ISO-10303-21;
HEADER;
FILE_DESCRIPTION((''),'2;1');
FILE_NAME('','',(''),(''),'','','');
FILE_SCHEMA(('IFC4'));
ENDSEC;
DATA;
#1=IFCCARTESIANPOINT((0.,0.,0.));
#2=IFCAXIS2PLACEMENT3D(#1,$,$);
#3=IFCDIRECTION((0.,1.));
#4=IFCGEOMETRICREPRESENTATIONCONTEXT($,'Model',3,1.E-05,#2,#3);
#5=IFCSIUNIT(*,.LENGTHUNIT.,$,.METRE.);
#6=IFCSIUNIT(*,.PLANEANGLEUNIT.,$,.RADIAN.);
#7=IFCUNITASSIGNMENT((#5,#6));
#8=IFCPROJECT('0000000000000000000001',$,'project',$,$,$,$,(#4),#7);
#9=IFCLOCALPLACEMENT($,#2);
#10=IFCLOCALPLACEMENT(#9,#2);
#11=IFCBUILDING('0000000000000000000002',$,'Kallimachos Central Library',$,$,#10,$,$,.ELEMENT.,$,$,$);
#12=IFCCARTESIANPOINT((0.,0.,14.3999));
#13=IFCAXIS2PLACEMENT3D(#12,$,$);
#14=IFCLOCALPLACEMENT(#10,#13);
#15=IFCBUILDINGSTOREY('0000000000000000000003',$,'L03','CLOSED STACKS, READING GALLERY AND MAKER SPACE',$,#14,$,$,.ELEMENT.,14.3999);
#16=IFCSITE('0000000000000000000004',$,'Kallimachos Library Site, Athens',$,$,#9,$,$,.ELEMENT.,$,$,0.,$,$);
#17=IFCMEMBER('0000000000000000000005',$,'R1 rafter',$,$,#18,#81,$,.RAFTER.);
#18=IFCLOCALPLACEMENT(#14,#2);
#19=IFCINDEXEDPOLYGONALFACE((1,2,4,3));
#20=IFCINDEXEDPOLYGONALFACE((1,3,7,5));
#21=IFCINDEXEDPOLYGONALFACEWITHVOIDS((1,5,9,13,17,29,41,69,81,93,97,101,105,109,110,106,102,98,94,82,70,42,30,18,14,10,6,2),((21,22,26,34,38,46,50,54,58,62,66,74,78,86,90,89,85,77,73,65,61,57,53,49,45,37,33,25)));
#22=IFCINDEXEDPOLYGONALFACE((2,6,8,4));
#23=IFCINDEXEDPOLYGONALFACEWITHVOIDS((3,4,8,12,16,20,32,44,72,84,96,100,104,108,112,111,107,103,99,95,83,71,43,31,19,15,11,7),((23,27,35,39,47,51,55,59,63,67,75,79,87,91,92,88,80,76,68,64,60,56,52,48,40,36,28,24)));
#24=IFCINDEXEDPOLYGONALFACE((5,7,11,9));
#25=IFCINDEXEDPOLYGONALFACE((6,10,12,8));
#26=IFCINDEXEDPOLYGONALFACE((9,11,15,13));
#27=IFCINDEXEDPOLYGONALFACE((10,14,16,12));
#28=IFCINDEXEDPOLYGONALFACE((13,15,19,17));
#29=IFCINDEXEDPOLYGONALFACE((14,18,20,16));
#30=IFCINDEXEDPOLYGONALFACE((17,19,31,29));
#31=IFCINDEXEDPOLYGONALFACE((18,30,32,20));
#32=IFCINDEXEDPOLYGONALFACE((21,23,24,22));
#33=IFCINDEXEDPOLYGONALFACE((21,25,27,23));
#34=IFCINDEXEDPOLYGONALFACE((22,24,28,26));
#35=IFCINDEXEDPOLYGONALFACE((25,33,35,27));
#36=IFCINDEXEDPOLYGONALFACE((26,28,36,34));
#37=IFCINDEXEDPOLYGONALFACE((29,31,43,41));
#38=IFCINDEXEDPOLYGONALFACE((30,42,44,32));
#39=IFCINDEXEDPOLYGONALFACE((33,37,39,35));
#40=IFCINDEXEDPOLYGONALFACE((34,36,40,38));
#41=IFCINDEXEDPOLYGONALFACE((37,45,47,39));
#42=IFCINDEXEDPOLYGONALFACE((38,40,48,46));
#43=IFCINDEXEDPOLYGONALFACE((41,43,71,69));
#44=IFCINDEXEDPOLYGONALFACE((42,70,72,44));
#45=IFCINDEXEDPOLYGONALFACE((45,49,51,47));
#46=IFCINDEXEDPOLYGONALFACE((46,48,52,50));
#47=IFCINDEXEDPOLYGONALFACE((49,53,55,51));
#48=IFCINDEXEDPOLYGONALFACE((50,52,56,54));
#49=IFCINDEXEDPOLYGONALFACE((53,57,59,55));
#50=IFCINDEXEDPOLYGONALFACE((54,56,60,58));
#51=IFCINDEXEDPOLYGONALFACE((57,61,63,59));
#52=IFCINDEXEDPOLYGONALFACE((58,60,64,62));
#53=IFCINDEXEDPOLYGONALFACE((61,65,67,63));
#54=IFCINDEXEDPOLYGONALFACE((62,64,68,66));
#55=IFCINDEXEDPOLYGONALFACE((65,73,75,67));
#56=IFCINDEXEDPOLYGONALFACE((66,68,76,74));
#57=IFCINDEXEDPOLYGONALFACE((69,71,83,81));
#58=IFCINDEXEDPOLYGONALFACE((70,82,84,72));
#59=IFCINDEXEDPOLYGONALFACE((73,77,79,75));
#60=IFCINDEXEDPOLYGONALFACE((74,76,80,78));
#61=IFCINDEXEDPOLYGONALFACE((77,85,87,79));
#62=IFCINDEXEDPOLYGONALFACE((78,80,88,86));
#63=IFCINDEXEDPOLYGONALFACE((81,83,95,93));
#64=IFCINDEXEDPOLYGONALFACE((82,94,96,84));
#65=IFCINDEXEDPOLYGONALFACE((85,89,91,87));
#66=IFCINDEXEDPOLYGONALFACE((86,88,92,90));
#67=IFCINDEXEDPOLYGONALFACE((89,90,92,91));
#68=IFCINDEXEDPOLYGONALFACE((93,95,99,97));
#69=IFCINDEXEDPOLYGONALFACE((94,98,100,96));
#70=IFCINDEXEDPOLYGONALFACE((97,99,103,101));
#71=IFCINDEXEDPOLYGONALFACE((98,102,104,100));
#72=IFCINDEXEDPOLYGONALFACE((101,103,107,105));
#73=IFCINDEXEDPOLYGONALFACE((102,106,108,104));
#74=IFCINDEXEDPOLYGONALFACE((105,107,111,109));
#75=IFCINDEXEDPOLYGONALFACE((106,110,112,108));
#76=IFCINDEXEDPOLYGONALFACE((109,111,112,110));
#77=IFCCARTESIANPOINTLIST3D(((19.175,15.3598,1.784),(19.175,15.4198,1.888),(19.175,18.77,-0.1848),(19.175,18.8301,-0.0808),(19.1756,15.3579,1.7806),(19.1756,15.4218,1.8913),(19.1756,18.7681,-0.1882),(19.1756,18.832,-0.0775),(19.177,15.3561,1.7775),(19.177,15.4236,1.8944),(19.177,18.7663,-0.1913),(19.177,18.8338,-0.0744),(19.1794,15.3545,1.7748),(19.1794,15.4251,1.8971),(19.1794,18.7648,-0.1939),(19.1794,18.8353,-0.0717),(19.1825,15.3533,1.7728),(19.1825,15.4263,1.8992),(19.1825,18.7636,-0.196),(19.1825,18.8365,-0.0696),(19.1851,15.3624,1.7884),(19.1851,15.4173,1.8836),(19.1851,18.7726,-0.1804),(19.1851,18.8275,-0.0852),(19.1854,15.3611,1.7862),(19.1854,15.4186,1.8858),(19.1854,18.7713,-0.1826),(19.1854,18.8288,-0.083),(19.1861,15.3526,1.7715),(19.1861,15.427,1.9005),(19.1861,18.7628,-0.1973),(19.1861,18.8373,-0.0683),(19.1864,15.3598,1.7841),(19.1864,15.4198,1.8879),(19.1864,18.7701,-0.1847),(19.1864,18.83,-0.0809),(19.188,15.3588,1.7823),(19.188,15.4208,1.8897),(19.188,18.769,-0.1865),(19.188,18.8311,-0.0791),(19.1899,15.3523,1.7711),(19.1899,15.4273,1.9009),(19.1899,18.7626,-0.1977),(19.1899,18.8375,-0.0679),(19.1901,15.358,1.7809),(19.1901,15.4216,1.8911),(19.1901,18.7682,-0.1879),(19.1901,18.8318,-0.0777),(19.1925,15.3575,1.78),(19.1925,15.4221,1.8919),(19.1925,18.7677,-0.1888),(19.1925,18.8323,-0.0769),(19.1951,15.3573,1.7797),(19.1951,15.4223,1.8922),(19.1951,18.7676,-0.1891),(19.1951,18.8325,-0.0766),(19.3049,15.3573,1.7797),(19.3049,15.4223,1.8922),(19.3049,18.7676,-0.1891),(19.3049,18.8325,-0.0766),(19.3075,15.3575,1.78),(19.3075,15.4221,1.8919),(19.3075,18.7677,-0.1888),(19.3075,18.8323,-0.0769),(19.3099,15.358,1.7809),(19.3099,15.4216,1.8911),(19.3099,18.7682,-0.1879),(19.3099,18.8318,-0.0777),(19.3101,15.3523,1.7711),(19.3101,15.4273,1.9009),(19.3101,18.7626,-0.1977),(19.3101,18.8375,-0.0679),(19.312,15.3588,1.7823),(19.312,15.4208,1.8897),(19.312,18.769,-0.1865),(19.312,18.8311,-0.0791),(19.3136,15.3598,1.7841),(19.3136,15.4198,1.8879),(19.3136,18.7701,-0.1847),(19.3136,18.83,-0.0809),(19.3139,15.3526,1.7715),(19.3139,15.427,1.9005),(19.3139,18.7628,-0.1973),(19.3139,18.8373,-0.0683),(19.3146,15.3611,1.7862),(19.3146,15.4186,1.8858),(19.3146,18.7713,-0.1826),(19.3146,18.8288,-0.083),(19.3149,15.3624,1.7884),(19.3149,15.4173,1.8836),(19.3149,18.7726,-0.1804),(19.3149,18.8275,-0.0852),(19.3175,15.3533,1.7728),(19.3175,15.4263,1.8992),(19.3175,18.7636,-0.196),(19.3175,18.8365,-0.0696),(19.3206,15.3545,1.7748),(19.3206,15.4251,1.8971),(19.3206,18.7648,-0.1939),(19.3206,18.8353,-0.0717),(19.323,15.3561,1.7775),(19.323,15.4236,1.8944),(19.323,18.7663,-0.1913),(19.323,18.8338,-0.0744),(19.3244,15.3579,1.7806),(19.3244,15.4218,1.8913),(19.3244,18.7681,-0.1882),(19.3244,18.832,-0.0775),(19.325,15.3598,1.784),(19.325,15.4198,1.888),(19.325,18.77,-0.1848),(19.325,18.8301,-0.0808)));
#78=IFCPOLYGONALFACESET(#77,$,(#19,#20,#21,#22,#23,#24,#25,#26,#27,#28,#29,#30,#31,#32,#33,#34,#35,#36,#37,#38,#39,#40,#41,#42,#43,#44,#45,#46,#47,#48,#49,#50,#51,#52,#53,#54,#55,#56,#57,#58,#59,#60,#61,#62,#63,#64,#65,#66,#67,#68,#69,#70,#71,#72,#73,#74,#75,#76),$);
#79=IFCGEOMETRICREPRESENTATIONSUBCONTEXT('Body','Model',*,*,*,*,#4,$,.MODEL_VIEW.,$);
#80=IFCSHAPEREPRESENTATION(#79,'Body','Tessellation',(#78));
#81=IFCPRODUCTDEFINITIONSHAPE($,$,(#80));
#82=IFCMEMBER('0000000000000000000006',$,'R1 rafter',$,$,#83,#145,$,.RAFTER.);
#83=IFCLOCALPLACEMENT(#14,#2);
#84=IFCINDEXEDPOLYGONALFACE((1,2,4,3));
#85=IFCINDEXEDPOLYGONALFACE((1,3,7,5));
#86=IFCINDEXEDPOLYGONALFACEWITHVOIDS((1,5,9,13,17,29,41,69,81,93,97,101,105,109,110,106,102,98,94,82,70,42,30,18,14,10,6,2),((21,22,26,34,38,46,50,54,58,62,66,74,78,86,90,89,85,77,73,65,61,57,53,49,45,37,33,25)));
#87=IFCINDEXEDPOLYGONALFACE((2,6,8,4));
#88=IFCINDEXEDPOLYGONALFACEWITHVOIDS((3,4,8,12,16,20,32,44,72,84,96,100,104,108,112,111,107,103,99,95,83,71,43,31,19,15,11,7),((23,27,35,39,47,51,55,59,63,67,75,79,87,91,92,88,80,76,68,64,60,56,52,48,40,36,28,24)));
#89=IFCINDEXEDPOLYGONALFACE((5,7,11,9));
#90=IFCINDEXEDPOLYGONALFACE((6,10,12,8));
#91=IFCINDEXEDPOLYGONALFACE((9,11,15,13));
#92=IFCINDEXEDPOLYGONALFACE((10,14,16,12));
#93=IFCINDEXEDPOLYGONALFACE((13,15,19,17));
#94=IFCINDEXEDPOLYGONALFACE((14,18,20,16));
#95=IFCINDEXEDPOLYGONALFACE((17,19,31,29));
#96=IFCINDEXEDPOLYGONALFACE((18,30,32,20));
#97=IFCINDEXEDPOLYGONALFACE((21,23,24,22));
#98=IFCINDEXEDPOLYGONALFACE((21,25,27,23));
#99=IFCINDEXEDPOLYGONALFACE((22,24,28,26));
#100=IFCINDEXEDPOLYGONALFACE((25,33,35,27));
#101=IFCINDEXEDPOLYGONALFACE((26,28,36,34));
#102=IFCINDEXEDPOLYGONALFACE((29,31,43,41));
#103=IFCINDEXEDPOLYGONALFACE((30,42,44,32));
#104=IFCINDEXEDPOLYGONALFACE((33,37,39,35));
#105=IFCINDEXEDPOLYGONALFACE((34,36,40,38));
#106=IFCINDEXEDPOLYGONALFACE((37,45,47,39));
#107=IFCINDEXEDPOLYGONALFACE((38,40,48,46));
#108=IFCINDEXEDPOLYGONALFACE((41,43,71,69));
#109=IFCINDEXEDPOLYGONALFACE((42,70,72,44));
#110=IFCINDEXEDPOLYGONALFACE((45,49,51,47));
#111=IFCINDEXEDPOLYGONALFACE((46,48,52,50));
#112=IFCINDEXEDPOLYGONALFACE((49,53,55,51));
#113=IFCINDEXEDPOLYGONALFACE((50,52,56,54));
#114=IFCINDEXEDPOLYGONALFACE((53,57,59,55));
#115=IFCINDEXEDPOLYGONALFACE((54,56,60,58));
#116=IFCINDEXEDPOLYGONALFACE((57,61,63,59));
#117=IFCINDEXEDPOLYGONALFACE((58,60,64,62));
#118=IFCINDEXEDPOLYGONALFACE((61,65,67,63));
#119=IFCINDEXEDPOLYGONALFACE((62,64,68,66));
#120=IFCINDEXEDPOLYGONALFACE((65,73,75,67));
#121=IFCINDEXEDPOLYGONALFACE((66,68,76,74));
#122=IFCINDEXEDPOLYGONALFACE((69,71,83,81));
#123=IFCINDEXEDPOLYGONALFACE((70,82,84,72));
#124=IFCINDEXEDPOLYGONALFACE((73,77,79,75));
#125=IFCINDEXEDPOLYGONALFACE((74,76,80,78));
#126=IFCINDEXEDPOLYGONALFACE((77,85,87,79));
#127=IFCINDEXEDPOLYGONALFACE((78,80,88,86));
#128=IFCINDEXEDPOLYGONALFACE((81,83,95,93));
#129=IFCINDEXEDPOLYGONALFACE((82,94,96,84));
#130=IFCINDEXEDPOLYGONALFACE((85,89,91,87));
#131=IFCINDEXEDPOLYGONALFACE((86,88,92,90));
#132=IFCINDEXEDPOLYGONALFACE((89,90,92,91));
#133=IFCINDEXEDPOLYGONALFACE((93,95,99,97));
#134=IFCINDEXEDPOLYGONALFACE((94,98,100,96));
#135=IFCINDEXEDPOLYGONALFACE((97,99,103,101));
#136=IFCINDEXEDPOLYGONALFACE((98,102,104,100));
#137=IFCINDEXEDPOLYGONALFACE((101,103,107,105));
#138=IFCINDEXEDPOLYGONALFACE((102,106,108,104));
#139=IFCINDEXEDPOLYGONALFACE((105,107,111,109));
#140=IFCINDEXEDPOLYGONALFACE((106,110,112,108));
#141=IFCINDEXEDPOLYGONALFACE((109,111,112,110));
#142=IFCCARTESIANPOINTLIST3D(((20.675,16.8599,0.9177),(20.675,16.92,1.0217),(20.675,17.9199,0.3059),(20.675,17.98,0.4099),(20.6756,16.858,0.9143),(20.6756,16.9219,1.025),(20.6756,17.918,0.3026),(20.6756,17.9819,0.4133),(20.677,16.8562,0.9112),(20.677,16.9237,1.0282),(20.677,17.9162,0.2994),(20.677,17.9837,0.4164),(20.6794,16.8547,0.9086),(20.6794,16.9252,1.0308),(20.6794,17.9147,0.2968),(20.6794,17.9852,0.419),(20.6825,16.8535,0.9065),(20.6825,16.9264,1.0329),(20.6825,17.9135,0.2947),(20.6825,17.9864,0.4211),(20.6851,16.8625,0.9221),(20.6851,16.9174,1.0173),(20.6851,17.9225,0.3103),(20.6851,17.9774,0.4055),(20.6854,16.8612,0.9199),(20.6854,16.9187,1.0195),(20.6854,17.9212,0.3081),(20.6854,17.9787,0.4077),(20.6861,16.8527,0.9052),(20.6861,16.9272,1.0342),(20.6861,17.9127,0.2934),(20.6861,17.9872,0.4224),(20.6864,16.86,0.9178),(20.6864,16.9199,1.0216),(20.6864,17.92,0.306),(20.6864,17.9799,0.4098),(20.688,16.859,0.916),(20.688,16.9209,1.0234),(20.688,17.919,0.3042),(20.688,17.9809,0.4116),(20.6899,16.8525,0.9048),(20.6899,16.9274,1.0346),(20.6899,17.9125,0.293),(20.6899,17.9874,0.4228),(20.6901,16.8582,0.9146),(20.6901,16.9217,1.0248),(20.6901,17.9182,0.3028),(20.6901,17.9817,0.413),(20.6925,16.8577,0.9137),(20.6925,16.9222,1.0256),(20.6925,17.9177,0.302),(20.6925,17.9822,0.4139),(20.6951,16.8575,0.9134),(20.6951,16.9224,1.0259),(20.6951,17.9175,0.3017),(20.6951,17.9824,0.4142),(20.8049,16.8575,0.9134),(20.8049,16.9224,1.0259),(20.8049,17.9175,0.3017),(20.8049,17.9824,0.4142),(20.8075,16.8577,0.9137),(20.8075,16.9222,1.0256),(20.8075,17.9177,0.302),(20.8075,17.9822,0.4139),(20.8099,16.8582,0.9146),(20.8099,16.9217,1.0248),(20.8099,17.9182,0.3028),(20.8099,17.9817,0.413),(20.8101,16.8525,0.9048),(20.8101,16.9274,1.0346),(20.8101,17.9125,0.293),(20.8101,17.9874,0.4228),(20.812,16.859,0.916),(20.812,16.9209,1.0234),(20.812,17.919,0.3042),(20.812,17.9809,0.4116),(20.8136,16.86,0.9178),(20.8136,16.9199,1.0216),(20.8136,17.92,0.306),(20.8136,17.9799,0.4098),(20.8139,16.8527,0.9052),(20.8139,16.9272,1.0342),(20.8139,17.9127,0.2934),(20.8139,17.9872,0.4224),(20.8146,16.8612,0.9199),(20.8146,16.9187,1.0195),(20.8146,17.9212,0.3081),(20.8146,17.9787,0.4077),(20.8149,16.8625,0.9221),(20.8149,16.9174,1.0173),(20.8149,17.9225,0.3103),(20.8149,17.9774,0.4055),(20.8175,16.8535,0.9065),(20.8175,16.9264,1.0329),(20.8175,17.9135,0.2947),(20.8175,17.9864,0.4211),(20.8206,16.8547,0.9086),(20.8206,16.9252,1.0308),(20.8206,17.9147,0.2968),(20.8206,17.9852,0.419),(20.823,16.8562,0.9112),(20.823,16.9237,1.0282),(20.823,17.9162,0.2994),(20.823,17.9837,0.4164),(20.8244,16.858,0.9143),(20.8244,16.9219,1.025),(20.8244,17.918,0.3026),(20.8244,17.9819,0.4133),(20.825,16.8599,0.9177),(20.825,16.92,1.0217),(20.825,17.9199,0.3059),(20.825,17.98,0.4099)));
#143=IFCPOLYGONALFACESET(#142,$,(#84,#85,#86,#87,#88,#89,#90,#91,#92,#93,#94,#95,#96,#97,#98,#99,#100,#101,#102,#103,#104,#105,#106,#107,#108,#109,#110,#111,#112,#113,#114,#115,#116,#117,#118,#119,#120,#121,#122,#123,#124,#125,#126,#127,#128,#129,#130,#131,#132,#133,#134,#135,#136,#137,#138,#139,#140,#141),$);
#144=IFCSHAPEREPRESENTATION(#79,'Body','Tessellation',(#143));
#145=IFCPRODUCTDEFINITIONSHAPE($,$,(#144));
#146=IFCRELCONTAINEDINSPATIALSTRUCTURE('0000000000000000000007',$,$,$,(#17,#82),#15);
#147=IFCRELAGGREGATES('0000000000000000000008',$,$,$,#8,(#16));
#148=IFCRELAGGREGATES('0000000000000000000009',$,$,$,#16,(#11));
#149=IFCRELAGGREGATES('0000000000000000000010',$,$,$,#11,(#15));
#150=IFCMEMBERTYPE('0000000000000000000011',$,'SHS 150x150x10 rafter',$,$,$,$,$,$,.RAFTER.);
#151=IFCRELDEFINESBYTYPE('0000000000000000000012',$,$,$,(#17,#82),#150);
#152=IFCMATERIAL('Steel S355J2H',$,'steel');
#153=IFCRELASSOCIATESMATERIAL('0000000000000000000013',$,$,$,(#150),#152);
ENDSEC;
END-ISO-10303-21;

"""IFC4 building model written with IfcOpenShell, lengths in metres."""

from ifc_helpers import new_model, si_unit, direction, frame, origin, origin_2d, place, context, subcontext, project, spatial, hollow_rectangle, extrude, material, material_profile, profile_set, type_object, element, save


model = new_model("IFC4")

# Units and contexts
model_context = context("Model", 3, precision=1e-05, world=origin(), true_north=direction((0.0, 1.0)))
body_context = subcontext(model_context, "Body", "Model", "MODEL_VIEW")
ifc_project = project(units=[si_unit("LENGTHUNIT", "METRE"), si_unit("PLANEANGLEUNIT", "RADIAN")], contexts=[model_context])

# Site, building, storey
site_placement = place(None, origin())
site = spatial("IfcSite", under=ifc_project, at=site_placement, Name="Kallimachos Library Site, Athens", CompositionType="ELEMENT", RefElevation=0.0)
building_placement = place(site_placement, origin())
building = spatial("IfcBuilding", under=site, at=building_placement, Name="Kallimachos Central Library", CompositionType="ELEMENT")
storey_placement = place(building_placement, frame((0.0, 0.0, 14.3999)))
storey = spatial("IfcBuildingStorey", under=building, at=storey_placement, Name="L03", Description="CLOSED STACKS, READING GALLERY AND MAKER SPACE", CompositionType="ELEMENT", Elevation=14.3999)

# Members
ifc_material_1 = material(Name="Steel S355J2H", Category="steel")
ifc_material_profile_1 = material_profile(ifc_material_1, hollow_rectangle(XDim=0.1499, YDim=0.1499, WallThickness=0.01, InnerFilletRadius=0.01, OuterFilletRadius=0.0149, at=origin_2d()), Name="SHS 150x150x10")
ifc_profile_set_1 = profile_set([ifc_material_profile_1], Name="Steel S355J2H")
member_type_1 = type_object("IfcMemberType", Name="SHS 150x150x10 rafter", PredefinedType="RAFTER", material=ifc_profile_set_1)
member_1_placement = place(storey_placement, frame((19.25, 18.8, -0.1328), z_axis=(0.0, -0.866037, 0.49998), x_axis=(1.0, 0.0, 0.0)))
element("IfcMember", 1, at=member_1_placement, inside=storey, type_object=member_type_1, Name="R1 rafter", PredefinedType="RAFTER", context=body_context, shape_type="SweptSolid", body=[
    extrude(hollow_rectangle(XDim=0.1499, YDim=0.1499, WallThickness=0.01, InnerFilletRadius=0.01, OuterFilletRadius=0.0149, at=origin_2d()), origin(), (0.0, 0.0, 1.0), 3.9377),
])
member_2_placement = place(storey_placement, frame((20.75, 17.95, 0.3579), z_axis=(0.0, -0.866099, 0.499872), x_axis=(1.0, 0.0, 0.0)))
element("IfcMember", 2, at=member_2_placement, inside=storey, type_object=member_type_1, Name="R1 rafter", PredefinedType="RAFTER", context=body_context, shape_type="SweptSolid", body=[
    extrude(hollow_rectangle(XDim=0.1499, YDim=0.1499, WallThickness=0.01, InnerFilletRadius=0.01, OuterFilletRadius=0.0149, at=origin_2d()), origin(), (0.0, 0.0, 1.0), 1.2239),
])

save(model, "model.ifc")
